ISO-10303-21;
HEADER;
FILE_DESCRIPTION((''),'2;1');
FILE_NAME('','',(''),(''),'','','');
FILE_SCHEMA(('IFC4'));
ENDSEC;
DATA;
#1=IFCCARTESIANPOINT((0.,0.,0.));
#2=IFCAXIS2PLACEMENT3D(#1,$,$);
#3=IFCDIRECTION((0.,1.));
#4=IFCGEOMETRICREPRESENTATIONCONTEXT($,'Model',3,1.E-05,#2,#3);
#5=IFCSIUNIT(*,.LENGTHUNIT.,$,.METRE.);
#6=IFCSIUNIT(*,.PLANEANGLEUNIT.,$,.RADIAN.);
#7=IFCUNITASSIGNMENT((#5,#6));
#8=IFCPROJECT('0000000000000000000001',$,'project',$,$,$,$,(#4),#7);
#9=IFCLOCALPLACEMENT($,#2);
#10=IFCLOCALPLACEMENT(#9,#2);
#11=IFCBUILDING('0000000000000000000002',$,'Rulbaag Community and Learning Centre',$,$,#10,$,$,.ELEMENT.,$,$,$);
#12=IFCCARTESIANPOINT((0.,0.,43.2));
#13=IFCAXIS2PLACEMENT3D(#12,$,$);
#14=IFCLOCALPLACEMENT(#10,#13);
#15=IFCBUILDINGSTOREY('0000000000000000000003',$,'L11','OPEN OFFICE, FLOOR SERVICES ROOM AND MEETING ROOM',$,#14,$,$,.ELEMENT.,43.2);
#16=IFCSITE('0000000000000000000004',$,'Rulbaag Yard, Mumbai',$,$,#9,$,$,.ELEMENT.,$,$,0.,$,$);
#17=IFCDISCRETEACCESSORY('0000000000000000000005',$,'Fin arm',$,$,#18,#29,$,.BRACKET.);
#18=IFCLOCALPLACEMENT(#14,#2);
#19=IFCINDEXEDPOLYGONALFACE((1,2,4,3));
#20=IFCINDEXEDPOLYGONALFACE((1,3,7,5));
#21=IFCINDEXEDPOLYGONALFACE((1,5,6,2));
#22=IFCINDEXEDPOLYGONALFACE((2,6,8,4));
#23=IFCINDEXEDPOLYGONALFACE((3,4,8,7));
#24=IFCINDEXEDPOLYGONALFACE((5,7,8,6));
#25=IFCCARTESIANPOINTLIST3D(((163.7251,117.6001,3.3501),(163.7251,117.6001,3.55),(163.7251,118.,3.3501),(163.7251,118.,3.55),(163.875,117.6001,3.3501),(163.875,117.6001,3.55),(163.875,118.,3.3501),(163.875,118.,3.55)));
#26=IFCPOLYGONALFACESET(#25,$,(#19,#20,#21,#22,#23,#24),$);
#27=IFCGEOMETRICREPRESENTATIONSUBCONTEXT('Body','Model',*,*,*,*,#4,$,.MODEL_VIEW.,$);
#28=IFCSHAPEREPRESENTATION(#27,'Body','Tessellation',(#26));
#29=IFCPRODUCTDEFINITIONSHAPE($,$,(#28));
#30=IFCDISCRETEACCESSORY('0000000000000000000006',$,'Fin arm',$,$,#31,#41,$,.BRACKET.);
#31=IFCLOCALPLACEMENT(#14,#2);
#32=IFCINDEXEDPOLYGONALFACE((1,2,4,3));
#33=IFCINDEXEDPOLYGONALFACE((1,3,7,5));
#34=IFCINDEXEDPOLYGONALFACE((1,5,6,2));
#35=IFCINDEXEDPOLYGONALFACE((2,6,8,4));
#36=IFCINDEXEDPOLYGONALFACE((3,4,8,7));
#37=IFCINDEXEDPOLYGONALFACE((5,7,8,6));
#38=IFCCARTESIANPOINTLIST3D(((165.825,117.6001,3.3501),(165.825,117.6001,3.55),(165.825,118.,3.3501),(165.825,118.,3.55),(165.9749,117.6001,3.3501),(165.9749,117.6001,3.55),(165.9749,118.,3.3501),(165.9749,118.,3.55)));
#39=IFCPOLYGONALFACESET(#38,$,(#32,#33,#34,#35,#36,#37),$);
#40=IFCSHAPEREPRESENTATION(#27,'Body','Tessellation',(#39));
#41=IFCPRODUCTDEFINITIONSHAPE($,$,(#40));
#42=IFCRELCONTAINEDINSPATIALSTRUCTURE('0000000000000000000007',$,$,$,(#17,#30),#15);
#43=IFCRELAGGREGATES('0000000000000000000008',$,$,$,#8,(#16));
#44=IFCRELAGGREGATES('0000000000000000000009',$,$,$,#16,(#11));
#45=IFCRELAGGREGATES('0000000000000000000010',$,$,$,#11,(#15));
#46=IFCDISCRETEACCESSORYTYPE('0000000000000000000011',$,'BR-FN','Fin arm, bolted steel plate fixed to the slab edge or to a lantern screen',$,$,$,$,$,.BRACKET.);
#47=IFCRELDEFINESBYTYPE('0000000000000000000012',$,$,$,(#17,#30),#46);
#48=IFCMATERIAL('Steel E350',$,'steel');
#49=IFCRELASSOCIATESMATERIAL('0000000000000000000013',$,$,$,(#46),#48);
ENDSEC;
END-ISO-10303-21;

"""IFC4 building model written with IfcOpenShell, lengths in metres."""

from ifc_helpers import new_model, si_unit, direction, frame, origin, origin_2d, place, context, subcontext, project, spatial, rectangle, extrude, material, type_object, element, save


model = new_model("IFC4")

# Units and contexts
model_context = context("Model", 3, precision=1e-05, world=origin(), true_north=direction((0.0, 1.0)))
body_context = subcontext(model_context, "Body", "Model", "MODEL_VIEW")
ifc_project = project(units=[si_unit("LENGTHUNIT", "METRE"), si_unit("PLANEANGLEUNIT", "RADIAN")], contexts=[model_context])

# Site, building, storey
site_placement = place(None, origin())
site = spatial("IfcSite", under=ifc_project, at=site_placement, Name="Rulbaag Yard, Mumbai", CompositionType="ELEMENT", RefElevation=0.0)
building_placement = place(site_placement, origin())
building = spatial("IfcBuilding", under=site, at=building_placement, Name="Rulbaag Community and Learning Centre", CompositionType="ELEMENT")
storey_placement = place(building_placement, frame((0.0, 0.0, 43.2)))
storey = spatial("IfcBuildingStorey", under=building, at=storey_placement, Name="L11", Description="OPEN OFFICE, FLOOR SERVICES ROOM AND MEETING ROOM", CompositionType="ELEMENT", Elevation=43.2)

# Discrete accessories
ifc_material_1 = material(Name="Steel E350", Category="steel")
discrete_accessory_type = type_object("IfcDiscreteAccessoryType", Name="BR-FN", Description="Fin arm, bolted steel plate fixed to the slab edge or to a lantern screen", PredefinedType="BRACKET", material=ifc_material_1)
for number, where, z_axis, x_axis, name in (
    (1, (163.8, 117.8, 3.3501), (0.0, 0.0, 1.0), (1.0, 0.0, 0.0), "Fin arm"),
    (2, (165.8999, 117.8, 3.3501), (0.0, 0.0, 1.0), (1.0, 0.0, 0.0), "Fin arm"),
):
    element("IfcDiscreteAccessory", number, at=place(storey_placement, frame(where, z_axis=z_axis, x_axis=x_axis)), inside=storey, type_object=discrete_accessory_type, Name=name, PredefinedType="BRACKET", context=body_context, shape_type="SweptSolid", body=[
        extrude(rectangle(XDim=0.1499, YDim=0.3999, at=origin_2d()), origin(), (0.0, 0.0, 1.0), 0.2),
    ])

save(model, "model.ifc")
